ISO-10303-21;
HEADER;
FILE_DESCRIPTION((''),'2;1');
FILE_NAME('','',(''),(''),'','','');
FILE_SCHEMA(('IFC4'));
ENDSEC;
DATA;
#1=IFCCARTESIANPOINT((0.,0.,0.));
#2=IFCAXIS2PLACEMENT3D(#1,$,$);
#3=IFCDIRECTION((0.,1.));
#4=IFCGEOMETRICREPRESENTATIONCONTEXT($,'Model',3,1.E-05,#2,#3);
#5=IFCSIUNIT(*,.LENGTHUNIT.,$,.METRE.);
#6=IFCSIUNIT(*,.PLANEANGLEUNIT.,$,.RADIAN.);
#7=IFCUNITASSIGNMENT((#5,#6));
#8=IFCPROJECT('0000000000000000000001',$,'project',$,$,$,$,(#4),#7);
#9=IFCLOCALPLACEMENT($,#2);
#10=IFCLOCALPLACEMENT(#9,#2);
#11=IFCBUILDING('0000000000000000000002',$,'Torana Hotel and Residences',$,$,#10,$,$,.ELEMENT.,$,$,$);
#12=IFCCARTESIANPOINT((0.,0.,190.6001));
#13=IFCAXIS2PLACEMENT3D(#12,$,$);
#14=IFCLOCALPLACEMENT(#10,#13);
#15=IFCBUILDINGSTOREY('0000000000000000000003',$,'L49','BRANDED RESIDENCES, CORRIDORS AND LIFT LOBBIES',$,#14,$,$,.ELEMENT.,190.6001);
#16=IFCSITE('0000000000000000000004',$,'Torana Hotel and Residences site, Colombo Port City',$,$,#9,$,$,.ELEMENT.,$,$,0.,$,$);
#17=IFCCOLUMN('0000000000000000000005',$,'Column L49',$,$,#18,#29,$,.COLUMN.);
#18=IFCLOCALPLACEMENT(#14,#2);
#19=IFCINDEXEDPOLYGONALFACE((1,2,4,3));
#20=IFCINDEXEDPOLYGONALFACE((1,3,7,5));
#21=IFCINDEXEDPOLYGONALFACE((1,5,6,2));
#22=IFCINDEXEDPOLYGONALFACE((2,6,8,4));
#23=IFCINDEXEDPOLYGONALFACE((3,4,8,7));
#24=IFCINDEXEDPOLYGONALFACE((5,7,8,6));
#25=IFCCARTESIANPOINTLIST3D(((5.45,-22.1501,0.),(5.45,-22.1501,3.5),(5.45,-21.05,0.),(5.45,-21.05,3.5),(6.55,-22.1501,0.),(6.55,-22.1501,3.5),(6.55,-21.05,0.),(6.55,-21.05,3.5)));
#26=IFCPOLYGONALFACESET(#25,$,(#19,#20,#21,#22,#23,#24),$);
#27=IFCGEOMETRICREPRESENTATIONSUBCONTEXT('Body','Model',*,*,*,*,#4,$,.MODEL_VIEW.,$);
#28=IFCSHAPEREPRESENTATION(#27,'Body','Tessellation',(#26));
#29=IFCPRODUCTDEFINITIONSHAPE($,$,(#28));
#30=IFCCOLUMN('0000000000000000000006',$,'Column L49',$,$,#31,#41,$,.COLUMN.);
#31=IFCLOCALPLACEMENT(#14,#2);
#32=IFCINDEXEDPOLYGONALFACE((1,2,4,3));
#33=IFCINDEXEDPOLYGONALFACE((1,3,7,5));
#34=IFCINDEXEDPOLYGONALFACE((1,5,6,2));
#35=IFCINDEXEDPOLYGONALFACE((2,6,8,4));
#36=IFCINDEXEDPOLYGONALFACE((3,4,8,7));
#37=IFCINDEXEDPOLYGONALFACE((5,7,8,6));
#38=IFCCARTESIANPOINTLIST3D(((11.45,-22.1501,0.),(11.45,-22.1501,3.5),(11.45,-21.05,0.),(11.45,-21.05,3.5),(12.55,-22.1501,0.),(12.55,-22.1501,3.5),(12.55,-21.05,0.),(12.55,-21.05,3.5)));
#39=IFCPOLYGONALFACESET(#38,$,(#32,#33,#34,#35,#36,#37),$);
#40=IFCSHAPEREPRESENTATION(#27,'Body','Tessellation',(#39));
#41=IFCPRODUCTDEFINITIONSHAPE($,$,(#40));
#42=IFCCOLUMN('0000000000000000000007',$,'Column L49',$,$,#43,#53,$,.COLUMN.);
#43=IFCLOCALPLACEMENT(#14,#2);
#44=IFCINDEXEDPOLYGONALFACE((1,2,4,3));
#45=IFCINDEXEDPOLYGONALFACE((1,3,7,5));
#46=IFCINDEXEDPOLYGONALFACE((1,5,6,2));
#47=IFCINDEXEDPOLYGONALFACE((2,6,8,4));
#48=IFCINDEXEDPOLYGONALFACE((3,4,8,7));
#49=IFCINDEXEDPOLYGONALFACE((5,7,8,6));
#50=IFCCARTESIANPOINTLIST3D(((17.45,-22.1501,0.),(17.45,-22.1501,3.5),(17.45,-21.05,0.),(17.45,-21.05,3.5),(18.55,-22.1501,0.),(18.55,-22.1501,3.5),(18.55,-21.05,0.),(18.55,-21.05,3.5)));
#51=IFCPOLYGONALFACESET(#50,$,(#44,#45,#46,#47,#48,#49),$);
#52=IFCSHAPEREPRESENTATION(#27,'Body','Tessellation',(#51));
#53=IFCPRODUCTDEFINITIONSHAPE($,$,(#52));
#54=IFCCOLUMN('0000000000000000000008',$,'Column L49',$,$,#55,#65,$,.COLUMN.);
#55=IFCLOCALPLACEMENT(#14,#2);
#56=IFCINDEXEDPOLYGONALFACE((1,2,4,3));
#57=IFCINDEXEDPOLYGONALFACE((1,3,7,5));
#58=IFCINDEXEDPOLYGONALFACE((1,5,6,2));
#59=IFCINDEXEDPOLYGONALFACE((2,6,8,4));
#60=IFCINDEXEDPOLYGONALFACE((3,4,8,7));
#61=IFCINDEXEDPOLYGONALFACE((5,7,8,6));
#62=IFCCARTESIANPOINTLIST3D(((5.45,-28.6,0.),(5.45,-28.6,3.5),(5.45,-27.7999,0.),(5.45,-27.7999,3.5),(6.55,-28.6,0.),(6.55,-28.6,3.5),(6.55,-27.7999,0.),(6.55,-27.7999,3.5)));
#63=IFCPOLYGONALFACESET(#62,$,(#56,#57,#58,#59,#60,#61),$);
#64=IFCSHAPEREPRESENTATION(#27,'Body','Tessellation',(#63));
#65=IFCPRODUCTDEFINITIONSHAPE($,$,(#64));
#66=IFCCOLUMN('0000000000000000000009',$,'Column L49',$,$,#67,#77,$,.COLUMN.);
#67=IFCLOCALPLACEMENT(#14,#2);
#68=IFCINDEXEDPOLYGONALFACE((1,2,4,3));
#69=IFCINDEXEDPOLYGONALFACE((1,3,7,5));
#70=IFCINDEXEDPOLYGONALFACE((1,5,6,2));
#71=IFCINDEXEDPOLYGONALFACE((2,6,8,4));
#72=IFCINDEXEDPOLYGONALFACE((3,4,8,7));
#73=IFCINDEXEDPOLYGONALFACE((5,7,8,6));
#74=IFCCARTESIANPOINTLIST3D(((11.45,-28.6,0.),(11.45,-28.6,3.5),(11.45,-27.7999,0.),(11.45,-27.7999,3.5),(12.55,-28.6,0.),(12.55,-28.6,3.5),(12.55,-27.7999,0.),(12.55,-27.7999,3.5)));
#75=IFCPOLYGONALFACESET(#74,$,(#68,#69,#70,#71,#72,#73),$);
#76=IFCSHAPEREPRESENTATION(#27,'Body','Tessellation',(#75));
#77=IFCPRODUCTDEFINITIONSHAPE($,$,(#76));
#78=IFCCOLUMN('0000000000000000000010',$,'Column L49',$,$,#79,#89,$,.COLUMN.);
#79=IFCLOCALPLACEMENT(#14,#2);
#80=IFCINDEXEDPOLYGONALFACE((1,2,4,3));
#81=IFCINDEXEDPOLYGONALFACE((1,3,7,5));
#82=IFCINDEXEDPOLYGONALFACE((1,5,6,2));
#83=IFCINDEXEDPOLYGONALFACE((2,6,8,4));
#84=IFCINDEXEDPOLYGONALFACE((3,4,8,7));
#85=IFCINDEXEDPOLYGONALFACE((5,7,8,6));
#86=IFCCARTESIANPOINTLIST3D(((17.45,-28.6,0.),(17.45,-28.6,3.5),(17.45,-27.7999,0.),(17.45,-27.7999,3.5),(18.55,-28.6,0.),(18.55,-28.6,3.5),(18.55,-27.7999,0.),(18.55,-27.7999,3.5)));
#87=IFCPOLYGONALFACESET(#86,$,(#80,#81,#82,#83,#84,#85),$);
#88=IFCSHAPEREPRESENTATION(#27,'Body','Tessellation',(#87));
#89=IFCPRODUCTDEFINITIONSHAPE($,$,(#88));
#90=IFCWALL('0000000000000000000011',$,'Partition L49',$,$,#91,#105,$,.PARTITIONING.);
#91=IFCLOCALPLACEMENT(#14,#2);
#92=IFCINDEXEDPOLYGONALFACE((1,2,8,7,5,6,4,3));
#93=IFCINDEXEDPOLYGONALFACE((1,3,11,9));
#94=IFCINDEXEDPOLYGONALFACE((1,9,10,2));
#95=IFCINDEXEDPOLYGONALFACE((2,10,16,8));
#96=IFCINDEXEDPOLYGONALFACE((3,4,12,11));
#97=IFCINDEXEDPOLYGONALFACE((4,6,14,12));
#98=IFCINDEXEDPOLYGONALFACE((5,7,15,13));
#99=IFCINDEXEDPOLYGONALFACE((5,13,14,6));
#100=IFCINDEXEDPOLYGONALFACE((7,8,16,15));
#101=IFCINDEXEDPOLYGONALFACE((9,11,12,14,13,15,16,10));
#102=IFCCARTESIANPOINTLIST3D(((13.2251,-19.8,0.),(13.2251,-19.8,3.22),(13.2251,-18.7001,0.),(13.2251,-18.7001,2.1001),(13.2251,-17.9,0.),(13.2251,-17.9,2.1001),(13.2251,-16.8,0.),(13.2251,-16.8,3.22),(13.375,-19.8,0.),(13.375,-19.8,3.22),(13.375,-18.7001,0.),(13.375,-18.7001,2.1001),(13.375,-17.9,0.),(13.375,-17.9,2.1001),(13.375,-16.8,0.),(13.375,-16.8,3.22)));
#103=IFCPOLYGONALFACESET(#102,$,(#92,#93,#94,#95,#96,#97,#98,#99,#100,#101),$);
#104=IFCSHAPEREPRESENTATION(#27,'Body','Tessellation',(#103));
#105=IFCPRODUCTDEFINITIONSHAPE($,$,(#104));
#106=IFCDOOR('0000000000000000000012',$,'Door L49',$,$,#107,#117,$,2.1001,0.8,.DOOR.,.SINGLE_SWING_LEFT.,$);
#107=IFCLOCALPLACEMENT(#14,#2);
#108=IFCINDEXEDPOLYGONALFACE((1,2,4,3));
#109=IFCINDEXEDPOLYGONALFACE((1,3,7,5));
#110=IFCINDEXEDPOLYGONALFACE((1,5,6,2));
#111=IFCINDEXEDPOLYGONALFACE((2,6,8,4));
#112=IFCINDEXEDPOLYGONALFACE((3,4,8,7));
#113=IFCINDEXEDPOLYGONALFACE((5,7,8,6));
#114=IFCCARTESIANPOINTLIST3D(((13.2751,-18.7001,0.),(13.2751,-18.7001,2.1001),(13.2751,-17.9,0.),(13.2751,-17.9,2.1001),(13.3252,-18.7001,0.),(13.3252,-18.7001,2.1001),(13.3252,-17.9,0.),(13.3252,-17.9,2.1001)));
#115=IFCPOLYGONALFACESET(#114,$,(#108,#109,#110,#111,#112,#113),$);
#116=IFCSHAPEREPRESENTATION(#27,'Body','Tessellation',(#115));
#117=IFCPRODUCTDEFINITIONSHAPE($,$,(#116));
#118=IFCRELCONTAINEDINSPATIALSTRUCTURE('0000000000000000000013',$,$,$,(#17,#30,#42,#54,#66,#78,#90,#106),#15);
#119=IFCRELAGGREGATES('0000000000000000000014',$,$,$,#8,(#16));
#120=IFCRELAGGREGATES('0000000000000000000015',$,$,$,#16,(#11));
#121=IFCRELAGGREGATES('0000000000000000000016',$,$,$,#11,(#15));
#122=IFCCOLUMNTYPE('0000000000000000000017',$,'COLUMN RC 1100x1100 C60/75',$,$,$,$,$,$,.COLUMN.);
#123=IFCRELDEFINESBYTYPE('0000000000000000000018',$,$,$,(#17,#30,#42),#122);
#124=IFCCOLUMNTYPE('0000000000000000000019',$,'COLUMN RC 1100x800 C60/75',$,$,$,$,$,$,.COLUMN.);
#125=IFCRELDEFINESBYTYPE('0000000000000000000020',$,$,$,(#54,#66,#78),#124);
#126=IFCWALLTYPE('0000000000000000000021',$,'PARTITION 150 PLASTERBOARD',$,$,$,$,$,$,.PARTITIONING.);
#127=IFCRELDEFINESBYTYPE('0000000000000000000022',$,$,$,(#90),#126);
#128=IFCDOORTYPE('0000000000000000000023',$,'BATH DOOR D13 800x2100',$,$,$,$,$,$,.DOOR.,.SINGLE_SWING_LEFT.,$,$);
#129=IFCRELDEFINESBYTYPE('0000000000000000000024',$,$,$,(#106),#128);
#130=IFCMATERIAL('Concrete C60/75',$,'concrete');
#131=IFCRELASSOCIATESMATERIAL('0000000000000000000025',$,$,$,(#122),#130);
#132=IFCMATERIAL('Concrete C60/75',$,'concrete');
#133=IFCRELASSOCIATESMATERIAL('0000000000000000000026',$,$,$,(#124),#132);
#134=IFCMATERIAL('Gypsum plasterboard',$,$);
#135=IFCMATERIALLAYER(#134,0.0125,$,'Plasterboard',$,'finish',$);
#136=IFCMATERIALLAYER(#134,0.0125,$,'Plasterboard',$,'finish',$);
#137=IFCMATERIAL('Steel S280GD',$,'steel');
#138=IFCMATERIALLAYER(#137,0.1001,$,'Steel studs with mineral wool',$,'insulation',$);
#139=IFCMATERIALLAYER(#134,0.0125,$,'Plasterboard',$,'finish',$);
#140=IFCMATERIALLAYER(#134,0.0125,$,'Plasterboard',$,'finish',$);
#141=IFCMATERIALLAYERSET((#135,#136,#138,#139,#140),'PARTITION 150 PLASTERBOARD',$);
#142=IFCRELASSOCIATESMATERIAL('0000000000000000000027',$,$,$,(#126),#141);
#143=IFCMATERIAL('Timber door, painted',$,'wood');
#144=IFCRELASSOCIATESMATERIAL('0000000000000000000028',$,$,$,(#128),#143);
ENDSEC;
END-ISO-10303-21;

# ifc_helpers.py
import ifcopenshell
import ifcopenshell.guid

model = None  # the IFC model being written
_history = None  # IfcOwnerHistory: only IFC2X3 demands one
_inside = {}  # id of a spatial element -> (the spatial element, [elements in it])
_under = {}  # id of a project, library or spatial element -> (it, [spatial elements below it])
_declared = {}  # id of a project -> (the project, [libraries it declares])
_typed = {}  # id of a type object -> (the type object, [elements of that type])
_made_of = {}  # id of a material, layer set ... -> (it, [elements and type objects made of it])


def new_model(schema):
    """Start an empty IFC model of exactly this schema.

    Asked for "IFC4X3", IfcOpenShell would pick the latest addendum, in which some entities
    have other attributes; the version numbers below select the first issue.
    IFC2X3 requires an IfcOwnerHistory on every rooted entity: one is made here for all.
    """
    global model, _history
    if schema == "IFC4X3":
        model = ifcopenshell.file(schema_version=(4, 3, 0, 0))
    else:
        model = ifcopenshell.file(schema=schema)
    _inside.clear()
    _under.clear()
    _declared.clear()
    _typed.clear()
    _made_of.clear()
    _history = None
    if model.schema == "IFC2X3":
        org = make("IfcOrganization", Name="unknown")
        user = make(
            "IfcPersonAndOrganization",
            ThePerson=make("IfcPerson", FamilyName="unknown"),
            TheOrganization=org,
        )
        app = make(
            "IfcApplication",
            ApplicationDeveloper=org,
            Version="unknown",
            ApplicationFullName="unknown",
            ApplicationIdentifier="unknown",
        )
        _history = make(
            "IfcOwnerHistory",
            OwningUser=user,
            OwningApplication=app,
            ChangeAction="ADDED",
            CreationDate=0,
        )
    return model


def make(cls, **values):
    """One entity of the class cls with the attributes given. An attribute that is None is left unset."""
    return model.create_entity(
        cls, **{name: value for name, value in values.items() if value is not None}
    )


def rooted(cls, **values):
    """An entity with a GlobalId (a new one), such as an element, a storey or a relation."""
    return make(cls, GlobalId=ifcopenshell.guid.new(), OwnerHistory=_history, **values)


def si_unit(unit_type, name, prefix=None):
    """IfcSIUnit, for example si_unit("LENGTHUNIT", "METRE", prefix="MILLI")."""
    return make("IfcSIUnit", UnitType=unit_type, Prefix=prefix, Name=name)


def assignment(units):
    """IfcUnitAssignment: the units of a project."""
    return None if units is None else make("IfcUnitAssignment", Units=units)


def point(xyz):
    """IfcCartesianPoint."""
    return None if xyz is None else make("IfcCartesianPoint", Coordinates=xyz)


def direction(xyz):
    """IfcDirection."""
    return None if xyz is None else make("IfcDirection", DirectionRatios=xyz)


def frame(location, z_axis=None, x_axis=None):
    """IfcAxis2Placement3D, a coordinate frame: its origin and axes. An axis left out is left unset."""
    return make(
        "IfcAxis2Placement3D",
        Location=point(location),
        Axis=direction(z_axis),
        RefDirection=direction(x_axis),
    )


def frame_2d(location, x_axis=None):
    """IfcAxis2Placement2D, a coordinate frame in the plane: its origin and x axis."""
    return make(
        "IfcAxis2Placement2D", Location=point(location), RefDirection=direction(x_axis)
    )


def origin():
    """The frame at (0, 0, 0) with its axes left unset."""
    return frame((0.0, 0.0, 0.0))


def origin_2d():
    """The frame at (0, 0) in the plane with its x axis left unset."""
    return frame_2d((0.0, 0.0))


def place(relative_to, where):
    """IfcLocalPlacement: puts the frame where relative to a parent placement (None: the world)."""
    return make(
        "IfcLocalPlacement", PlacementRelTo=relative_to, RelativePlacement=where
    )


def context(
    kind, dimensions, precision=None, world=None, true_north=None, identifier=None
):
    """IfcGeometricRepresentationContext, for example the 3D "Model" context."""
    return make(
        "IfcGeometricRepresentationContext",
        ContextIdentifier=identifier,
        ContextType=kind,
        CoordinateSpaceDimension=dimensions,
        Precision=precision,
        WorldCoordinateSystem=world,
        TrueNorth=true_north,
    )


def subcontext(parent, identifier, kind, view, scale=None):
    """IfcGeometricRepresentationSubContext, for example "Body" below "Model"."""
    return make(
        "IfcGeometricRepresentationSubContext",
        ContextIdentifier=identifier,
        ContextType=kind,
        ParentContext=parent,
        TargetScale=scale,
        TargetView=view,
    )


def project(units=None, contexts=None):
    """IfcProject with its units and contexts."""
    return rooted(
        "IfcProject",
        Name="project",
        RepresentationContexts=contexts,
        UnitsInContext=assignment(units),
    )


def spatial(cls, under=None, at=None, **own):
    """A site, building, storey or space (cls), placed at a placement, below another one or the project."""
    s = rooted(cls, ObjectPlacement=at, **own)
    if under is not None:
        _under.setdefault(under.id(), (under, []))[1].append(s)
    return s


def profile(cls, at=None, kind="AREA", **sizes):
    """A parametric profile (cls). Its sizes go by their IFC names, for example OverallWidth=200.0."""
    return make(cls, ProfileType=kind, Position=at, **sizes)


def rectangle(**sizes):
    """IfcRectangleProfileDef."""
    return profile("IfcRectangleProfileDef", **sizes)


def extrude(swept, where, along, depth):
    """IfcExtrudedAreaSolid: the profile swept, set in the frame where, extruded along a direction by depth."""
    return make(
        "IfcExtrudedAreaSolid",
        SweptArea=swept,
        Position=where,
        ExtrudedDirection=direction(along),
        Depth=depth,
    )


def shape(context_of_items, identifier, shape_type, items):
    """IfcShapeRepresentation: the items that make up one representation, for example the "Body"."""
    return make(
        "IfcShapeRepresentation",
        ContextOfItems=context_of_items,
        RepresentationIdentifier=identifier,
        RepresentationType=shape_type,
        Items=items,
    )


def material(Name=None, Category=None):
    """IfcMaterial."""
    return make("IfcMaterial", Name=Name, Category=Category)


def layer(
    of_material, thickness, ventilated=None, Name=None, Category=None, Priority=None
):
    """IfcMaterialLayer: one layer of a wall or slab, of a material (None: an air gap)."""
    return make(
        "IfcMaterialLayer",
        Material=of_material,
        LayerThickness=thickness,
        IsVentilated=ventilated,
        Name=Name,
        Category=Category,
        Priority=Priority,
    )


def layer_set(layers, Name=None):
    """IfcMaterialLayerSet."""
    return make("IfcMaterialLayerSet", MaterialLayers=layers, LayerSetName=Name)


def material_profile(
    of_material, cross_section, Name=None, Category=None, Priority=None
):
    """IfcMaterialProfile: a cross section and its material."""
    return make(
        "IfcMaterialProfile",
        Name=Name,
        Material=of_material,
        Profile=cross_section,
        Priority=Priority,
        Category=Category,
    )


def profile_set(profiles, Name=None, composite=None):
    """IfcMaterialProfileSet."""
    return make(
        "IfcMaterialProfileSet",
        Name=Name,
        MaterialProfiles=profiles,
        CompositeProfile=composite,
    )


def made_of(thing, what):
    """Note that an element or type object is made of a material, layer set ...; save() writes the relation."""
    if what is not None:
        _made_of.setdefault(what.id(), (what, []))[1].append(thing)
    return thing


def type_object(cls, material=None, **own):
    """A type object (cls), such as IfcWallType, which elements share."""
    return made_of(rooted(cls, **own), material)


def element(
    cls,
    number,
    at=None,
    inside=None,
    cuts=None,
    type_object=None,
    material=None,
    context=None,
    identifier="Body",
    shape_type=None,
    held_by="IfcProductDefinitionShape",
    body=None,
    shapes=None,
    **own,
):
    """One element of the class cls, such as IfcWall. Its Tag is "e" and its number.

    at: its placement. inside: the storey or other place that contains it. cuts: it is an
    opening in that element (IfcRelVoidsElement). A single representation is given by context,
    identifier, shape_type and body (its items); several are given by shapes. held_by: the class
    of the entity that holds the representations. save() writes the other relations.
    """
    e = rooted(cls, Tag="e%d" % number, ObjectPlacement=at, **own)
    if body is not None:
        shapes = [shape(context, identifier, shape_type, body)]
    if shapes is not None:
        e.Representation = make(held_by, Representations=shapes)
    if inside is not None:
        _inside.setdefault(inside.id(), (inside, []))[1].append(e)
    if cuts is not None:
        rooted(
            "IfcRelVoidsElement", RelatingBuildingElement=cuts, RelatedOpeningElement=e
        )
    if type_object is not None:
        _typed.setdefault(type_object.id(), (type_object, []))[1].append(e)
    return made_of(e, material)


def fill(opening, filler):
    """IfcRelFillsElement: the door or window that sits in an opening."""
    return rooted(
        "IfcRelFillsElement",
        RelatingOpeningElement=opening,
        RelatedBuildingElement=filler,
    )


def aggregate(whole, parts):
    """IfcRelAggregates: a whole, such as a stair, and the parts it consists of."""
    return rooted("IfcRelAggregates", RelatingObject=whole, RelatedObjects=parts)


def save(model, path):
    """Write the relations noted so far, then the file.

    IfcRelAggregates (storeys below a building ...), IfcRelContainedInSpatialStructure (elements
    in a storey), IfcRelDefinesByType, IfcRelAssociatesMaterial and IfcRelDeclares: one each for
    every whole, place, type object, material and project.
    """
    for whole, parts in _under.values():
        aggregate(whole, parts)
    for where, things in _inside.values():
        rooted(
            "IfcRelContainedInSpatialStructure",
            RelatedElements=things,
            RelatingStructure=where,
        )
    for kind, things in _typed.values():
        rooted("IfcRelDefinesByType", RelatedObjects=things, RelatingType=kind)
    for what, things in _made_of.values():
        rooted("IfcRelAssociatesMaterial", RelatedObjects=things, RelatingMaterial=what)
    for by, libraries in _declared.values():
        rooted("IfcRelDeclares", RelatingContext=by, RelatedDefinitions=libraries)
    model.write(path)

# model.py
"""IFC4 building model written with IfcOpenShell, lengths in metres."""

from ifc_helpers import new_model, si_unit, direction, frame, frame_2d, origin, origin_2d, place, context, subcontext, project, spatial, rectangle, extrude, material, layer, layer_set, material_profile, profile_set, type_object, element, fill, save


model = new_model("IFC4")

# Units and contexts
model_context = context("Model", 3, precision=1e-05, world=origin(), true_north=direction((0.0, 1.0)))
body_context = subcontext(model_context, "Body", "Model", "MODEL_VIEW")
ifc_project = project(units=[si_unit("LENGTHUNIT", "METRE"), si_unit("PLANEANGLEUNIT", "RADIAN")], contexts=[model_context])

# Site, building, storey
site_placement = place(None, origin())
site = spatial("IfcSite", under=ifc_project, at=site_placement, Name="Torana Hotel and Residences site, Colombo Port City", CompositionType="ELEMENT", RefElevation=0.0)
building_placement = place(site_placement, origin())
building = spatial("IfcBuilding", under=site, at=building_placement, Name="Torana Hotel and Residences", CompositionType="ELEMENT")
storey_placement = place(building_placement, frame((0.0, 0.0, 190.6001)))
storey = spatial("IfcBuildingStorey", under=building, at=storey_placement, Name="L49", Description="BRANDED RESIDENCES, CORRIDORS AND LIFT LOBBIES", CompositionType="ELEMENT", Elevation=190.6001)

# Columns
ifc_material_1 = material(Name="Concrete C60/75", Category="concrete")
ifc_material_profile_1 = material_profile(ifc_material_1, rectangle(XDim=1.1001, YDim=1.1001, at=origin_2d()), Name="RC 1100x1100")
ifc_profile_set_1 = profile_set([ifc_material_profile_1], Name="Concrete C60/75")
column_type_1 = type_object("IfcColumnType", Name="COLUMN RC 1100x1100 C60/75", PredefinedType="COLUMN", material=ifc_profile_set_1)
for number, where, z_axis, x_axis, name in (
    (1, (6.0, -21.6001, 0.0), (0.0, 0.0, 1.0), (1.0, 0.0, 0.0), "Column L49"),
    (2, (12.0, -21.6001, 0.0), (0.0, 0.0, 1.0), (1.0, 0.0, 0.0), "Column L49"),
    (3, (18.0, -21.6001, 0.0), (0.0, 0.0, 1.0), (1.0, 0.0, 0.0), "Column L49"),
):
    element("IfcColumn", number, at=place(storey_placement, frame(where, z_axis=z_axis, x_axis=x_axis)), inside=storey, type_object=column_type_1, Name=name, PredefinedType="COLUMN", context=body_context, shape_type="SweptSolid", body=[
        extrude(rectangle(XDim=1.1001, YDim=1.1001, at=origin_2d()), origin(), (0.0, 0.0, 1.0), 3.5),
    ])
ifc_material_2 = material(Name="Concrete C60/75", Category="concrete")
ifc_material_profile_2 = material_profile(ifc_material_2, rectangle(XDim=1.1001, YDim=0.8, at=origin_2d()), Name="RC 1100x800")
ifc_profile_set_2 = profile_set([ifc_material_profile_2], Name="Concrete C60/75")
column_type_2 = type_object("IfcColumnType", Name="COLUMN RC 1100x800 C60/75", PredefinedType="COLUMN", material=ifc_profile_set_2)
for number, where, z_axis, x_axis, name in (
    (4, (6.0, -28.2, 0.0), (0.0, 0.0, 1.0), (1.0, 0.0, 0.0), "Column L49"),
    (5, (12.0, -28.2, 0.0), (0.0, 0.0, 1.0), (1.0, 0.0, 0.0), "Column L49"),
    (6, (18.0, -28.2, 0.0), (0.0, 0.0, 1.0), (1.0, 0.0, 0.0), "Column L49"),
):
    element("IfcColumn", number, at=place(storey_placement, frame(where, z_axis=z_axis, x_axis=x_axis)), inside=storey, type_object=column_type_2, Name=name, PredefinedType="COLUMN", context=body_context, shape_type="SweptSolid", body=[
        extrude(rectangle(XDim=1.1001, YDim=0.8, at=origin_2d()), origin(), (0.0, 0.0, 1.0), 3.5),
    ])

# Wall, opening, door
ifc_material_3 = material(Name="Gypsum plasterboard")
ifc_layer_1 = layer(ifc_material_3, 0.0125, Name="Plasterboard", Category="finish")
ifc_layer_2 = layer(ifc_material_3, 0.0125, Name="Plasterboard", Category="finish")
ifc_material_4 = material(Name="Steel S280GD", Category="steel")
ifc_layer_3 = layer(ifc_material_4, 0.1001, Name="Steel studs with mineral wool", Category="insulation")
ifc_layer_4 = layer(ifc_material_3, 0.0125, Name="Plasterboard", Category="finish")
ifc_layer_5 = layer(ifc_material_3, 0.0125, Name="Plasterboard", Category="finish")
ifc_layer_set = layer_set([ifc_layer_1, ifc_layer_2, ifc_layer_3, ifc_layer_4, ifc_layer_5], Name="PARTITION 150 PLASTERBOARD")
wall_type = type_object("IfcWallType", Name="PARTITION 150 PLASTERBOARD", PredefinedType="PARTITIONING", material=ifc_layer_set)
wall_placement = place(storey_placement, frame((13.3, -19.8, 0.0), z_axis=(0.0, 0.0, 1.0), x_axis=(0.0, 1.0, 0.0)))
wall = element("IfcWall", 7, at=wall_placement, inside=storey, type_object=wall_type, Name="Partition L49", PredefinedType="PARTITIONING", context=body_context, shape_type="SweptSolid", body=[
    extrude(rectangle(XDim=3.0, YDim=0.1499, at=frame_2d((1.5, 0.0))), origin(), (0.0, 0.0, 1.0), 3.22),
])
opening_placement = place(wall_placement, frame((1.1001, 0.0, 0.0)))
opening = element("IfcOpeningElement", 8, at=opening_placement, cuts=wall, PredefinedType="OPENING", context=body_context, shape_type="SweptSolid", body=[
    extrude(rectangle(XDim=0.8, YDim=2.1001, at=frame_2d((0.3999, 1.05))), frame((0.0, 0.085, 0.0), z_axis=(0.0, -1.0, 0.0), x_axis=(1.0, 0.0, 0.0)), (0.0, 0.0, 1.0), 0.1699),
])
ifc_material_5 = material(Name="Timber door, painted", Category="wood")
door_type = type_object("IfcDoorType", Name="BATH DOOR D13 800x2100", OperationType="SINGLE_SWING_LEFT", PredefinedType="DOOR", material=ifc_material_5)
door_placement = place(opening_placement, origin())
door = element("IfcDoor", 9, at=door_placement, inside=storey, type_object=door_type, Name="Door L49", OperationType="SINGLE_SWING_LEFT", OverallHeight=2.1001, OverallWidth=0.8, PredefinedType="DOOR", context=body_context, shape_type="SweptSolid", body=[
    extrude(rectangle(XDim=0.8, YDim=2.1001, at=frame_2d((0.3999, 1.05))), frame((0.0, 0.0249, 0.0), z_axis=(0.0, -1.0, 0.0), x_axis=(1.0, 0.0, 0.0)), (0.0, 0.0, 1.0), 0.05),
])
fill(opening, door)

save(model, "model.ifc")
